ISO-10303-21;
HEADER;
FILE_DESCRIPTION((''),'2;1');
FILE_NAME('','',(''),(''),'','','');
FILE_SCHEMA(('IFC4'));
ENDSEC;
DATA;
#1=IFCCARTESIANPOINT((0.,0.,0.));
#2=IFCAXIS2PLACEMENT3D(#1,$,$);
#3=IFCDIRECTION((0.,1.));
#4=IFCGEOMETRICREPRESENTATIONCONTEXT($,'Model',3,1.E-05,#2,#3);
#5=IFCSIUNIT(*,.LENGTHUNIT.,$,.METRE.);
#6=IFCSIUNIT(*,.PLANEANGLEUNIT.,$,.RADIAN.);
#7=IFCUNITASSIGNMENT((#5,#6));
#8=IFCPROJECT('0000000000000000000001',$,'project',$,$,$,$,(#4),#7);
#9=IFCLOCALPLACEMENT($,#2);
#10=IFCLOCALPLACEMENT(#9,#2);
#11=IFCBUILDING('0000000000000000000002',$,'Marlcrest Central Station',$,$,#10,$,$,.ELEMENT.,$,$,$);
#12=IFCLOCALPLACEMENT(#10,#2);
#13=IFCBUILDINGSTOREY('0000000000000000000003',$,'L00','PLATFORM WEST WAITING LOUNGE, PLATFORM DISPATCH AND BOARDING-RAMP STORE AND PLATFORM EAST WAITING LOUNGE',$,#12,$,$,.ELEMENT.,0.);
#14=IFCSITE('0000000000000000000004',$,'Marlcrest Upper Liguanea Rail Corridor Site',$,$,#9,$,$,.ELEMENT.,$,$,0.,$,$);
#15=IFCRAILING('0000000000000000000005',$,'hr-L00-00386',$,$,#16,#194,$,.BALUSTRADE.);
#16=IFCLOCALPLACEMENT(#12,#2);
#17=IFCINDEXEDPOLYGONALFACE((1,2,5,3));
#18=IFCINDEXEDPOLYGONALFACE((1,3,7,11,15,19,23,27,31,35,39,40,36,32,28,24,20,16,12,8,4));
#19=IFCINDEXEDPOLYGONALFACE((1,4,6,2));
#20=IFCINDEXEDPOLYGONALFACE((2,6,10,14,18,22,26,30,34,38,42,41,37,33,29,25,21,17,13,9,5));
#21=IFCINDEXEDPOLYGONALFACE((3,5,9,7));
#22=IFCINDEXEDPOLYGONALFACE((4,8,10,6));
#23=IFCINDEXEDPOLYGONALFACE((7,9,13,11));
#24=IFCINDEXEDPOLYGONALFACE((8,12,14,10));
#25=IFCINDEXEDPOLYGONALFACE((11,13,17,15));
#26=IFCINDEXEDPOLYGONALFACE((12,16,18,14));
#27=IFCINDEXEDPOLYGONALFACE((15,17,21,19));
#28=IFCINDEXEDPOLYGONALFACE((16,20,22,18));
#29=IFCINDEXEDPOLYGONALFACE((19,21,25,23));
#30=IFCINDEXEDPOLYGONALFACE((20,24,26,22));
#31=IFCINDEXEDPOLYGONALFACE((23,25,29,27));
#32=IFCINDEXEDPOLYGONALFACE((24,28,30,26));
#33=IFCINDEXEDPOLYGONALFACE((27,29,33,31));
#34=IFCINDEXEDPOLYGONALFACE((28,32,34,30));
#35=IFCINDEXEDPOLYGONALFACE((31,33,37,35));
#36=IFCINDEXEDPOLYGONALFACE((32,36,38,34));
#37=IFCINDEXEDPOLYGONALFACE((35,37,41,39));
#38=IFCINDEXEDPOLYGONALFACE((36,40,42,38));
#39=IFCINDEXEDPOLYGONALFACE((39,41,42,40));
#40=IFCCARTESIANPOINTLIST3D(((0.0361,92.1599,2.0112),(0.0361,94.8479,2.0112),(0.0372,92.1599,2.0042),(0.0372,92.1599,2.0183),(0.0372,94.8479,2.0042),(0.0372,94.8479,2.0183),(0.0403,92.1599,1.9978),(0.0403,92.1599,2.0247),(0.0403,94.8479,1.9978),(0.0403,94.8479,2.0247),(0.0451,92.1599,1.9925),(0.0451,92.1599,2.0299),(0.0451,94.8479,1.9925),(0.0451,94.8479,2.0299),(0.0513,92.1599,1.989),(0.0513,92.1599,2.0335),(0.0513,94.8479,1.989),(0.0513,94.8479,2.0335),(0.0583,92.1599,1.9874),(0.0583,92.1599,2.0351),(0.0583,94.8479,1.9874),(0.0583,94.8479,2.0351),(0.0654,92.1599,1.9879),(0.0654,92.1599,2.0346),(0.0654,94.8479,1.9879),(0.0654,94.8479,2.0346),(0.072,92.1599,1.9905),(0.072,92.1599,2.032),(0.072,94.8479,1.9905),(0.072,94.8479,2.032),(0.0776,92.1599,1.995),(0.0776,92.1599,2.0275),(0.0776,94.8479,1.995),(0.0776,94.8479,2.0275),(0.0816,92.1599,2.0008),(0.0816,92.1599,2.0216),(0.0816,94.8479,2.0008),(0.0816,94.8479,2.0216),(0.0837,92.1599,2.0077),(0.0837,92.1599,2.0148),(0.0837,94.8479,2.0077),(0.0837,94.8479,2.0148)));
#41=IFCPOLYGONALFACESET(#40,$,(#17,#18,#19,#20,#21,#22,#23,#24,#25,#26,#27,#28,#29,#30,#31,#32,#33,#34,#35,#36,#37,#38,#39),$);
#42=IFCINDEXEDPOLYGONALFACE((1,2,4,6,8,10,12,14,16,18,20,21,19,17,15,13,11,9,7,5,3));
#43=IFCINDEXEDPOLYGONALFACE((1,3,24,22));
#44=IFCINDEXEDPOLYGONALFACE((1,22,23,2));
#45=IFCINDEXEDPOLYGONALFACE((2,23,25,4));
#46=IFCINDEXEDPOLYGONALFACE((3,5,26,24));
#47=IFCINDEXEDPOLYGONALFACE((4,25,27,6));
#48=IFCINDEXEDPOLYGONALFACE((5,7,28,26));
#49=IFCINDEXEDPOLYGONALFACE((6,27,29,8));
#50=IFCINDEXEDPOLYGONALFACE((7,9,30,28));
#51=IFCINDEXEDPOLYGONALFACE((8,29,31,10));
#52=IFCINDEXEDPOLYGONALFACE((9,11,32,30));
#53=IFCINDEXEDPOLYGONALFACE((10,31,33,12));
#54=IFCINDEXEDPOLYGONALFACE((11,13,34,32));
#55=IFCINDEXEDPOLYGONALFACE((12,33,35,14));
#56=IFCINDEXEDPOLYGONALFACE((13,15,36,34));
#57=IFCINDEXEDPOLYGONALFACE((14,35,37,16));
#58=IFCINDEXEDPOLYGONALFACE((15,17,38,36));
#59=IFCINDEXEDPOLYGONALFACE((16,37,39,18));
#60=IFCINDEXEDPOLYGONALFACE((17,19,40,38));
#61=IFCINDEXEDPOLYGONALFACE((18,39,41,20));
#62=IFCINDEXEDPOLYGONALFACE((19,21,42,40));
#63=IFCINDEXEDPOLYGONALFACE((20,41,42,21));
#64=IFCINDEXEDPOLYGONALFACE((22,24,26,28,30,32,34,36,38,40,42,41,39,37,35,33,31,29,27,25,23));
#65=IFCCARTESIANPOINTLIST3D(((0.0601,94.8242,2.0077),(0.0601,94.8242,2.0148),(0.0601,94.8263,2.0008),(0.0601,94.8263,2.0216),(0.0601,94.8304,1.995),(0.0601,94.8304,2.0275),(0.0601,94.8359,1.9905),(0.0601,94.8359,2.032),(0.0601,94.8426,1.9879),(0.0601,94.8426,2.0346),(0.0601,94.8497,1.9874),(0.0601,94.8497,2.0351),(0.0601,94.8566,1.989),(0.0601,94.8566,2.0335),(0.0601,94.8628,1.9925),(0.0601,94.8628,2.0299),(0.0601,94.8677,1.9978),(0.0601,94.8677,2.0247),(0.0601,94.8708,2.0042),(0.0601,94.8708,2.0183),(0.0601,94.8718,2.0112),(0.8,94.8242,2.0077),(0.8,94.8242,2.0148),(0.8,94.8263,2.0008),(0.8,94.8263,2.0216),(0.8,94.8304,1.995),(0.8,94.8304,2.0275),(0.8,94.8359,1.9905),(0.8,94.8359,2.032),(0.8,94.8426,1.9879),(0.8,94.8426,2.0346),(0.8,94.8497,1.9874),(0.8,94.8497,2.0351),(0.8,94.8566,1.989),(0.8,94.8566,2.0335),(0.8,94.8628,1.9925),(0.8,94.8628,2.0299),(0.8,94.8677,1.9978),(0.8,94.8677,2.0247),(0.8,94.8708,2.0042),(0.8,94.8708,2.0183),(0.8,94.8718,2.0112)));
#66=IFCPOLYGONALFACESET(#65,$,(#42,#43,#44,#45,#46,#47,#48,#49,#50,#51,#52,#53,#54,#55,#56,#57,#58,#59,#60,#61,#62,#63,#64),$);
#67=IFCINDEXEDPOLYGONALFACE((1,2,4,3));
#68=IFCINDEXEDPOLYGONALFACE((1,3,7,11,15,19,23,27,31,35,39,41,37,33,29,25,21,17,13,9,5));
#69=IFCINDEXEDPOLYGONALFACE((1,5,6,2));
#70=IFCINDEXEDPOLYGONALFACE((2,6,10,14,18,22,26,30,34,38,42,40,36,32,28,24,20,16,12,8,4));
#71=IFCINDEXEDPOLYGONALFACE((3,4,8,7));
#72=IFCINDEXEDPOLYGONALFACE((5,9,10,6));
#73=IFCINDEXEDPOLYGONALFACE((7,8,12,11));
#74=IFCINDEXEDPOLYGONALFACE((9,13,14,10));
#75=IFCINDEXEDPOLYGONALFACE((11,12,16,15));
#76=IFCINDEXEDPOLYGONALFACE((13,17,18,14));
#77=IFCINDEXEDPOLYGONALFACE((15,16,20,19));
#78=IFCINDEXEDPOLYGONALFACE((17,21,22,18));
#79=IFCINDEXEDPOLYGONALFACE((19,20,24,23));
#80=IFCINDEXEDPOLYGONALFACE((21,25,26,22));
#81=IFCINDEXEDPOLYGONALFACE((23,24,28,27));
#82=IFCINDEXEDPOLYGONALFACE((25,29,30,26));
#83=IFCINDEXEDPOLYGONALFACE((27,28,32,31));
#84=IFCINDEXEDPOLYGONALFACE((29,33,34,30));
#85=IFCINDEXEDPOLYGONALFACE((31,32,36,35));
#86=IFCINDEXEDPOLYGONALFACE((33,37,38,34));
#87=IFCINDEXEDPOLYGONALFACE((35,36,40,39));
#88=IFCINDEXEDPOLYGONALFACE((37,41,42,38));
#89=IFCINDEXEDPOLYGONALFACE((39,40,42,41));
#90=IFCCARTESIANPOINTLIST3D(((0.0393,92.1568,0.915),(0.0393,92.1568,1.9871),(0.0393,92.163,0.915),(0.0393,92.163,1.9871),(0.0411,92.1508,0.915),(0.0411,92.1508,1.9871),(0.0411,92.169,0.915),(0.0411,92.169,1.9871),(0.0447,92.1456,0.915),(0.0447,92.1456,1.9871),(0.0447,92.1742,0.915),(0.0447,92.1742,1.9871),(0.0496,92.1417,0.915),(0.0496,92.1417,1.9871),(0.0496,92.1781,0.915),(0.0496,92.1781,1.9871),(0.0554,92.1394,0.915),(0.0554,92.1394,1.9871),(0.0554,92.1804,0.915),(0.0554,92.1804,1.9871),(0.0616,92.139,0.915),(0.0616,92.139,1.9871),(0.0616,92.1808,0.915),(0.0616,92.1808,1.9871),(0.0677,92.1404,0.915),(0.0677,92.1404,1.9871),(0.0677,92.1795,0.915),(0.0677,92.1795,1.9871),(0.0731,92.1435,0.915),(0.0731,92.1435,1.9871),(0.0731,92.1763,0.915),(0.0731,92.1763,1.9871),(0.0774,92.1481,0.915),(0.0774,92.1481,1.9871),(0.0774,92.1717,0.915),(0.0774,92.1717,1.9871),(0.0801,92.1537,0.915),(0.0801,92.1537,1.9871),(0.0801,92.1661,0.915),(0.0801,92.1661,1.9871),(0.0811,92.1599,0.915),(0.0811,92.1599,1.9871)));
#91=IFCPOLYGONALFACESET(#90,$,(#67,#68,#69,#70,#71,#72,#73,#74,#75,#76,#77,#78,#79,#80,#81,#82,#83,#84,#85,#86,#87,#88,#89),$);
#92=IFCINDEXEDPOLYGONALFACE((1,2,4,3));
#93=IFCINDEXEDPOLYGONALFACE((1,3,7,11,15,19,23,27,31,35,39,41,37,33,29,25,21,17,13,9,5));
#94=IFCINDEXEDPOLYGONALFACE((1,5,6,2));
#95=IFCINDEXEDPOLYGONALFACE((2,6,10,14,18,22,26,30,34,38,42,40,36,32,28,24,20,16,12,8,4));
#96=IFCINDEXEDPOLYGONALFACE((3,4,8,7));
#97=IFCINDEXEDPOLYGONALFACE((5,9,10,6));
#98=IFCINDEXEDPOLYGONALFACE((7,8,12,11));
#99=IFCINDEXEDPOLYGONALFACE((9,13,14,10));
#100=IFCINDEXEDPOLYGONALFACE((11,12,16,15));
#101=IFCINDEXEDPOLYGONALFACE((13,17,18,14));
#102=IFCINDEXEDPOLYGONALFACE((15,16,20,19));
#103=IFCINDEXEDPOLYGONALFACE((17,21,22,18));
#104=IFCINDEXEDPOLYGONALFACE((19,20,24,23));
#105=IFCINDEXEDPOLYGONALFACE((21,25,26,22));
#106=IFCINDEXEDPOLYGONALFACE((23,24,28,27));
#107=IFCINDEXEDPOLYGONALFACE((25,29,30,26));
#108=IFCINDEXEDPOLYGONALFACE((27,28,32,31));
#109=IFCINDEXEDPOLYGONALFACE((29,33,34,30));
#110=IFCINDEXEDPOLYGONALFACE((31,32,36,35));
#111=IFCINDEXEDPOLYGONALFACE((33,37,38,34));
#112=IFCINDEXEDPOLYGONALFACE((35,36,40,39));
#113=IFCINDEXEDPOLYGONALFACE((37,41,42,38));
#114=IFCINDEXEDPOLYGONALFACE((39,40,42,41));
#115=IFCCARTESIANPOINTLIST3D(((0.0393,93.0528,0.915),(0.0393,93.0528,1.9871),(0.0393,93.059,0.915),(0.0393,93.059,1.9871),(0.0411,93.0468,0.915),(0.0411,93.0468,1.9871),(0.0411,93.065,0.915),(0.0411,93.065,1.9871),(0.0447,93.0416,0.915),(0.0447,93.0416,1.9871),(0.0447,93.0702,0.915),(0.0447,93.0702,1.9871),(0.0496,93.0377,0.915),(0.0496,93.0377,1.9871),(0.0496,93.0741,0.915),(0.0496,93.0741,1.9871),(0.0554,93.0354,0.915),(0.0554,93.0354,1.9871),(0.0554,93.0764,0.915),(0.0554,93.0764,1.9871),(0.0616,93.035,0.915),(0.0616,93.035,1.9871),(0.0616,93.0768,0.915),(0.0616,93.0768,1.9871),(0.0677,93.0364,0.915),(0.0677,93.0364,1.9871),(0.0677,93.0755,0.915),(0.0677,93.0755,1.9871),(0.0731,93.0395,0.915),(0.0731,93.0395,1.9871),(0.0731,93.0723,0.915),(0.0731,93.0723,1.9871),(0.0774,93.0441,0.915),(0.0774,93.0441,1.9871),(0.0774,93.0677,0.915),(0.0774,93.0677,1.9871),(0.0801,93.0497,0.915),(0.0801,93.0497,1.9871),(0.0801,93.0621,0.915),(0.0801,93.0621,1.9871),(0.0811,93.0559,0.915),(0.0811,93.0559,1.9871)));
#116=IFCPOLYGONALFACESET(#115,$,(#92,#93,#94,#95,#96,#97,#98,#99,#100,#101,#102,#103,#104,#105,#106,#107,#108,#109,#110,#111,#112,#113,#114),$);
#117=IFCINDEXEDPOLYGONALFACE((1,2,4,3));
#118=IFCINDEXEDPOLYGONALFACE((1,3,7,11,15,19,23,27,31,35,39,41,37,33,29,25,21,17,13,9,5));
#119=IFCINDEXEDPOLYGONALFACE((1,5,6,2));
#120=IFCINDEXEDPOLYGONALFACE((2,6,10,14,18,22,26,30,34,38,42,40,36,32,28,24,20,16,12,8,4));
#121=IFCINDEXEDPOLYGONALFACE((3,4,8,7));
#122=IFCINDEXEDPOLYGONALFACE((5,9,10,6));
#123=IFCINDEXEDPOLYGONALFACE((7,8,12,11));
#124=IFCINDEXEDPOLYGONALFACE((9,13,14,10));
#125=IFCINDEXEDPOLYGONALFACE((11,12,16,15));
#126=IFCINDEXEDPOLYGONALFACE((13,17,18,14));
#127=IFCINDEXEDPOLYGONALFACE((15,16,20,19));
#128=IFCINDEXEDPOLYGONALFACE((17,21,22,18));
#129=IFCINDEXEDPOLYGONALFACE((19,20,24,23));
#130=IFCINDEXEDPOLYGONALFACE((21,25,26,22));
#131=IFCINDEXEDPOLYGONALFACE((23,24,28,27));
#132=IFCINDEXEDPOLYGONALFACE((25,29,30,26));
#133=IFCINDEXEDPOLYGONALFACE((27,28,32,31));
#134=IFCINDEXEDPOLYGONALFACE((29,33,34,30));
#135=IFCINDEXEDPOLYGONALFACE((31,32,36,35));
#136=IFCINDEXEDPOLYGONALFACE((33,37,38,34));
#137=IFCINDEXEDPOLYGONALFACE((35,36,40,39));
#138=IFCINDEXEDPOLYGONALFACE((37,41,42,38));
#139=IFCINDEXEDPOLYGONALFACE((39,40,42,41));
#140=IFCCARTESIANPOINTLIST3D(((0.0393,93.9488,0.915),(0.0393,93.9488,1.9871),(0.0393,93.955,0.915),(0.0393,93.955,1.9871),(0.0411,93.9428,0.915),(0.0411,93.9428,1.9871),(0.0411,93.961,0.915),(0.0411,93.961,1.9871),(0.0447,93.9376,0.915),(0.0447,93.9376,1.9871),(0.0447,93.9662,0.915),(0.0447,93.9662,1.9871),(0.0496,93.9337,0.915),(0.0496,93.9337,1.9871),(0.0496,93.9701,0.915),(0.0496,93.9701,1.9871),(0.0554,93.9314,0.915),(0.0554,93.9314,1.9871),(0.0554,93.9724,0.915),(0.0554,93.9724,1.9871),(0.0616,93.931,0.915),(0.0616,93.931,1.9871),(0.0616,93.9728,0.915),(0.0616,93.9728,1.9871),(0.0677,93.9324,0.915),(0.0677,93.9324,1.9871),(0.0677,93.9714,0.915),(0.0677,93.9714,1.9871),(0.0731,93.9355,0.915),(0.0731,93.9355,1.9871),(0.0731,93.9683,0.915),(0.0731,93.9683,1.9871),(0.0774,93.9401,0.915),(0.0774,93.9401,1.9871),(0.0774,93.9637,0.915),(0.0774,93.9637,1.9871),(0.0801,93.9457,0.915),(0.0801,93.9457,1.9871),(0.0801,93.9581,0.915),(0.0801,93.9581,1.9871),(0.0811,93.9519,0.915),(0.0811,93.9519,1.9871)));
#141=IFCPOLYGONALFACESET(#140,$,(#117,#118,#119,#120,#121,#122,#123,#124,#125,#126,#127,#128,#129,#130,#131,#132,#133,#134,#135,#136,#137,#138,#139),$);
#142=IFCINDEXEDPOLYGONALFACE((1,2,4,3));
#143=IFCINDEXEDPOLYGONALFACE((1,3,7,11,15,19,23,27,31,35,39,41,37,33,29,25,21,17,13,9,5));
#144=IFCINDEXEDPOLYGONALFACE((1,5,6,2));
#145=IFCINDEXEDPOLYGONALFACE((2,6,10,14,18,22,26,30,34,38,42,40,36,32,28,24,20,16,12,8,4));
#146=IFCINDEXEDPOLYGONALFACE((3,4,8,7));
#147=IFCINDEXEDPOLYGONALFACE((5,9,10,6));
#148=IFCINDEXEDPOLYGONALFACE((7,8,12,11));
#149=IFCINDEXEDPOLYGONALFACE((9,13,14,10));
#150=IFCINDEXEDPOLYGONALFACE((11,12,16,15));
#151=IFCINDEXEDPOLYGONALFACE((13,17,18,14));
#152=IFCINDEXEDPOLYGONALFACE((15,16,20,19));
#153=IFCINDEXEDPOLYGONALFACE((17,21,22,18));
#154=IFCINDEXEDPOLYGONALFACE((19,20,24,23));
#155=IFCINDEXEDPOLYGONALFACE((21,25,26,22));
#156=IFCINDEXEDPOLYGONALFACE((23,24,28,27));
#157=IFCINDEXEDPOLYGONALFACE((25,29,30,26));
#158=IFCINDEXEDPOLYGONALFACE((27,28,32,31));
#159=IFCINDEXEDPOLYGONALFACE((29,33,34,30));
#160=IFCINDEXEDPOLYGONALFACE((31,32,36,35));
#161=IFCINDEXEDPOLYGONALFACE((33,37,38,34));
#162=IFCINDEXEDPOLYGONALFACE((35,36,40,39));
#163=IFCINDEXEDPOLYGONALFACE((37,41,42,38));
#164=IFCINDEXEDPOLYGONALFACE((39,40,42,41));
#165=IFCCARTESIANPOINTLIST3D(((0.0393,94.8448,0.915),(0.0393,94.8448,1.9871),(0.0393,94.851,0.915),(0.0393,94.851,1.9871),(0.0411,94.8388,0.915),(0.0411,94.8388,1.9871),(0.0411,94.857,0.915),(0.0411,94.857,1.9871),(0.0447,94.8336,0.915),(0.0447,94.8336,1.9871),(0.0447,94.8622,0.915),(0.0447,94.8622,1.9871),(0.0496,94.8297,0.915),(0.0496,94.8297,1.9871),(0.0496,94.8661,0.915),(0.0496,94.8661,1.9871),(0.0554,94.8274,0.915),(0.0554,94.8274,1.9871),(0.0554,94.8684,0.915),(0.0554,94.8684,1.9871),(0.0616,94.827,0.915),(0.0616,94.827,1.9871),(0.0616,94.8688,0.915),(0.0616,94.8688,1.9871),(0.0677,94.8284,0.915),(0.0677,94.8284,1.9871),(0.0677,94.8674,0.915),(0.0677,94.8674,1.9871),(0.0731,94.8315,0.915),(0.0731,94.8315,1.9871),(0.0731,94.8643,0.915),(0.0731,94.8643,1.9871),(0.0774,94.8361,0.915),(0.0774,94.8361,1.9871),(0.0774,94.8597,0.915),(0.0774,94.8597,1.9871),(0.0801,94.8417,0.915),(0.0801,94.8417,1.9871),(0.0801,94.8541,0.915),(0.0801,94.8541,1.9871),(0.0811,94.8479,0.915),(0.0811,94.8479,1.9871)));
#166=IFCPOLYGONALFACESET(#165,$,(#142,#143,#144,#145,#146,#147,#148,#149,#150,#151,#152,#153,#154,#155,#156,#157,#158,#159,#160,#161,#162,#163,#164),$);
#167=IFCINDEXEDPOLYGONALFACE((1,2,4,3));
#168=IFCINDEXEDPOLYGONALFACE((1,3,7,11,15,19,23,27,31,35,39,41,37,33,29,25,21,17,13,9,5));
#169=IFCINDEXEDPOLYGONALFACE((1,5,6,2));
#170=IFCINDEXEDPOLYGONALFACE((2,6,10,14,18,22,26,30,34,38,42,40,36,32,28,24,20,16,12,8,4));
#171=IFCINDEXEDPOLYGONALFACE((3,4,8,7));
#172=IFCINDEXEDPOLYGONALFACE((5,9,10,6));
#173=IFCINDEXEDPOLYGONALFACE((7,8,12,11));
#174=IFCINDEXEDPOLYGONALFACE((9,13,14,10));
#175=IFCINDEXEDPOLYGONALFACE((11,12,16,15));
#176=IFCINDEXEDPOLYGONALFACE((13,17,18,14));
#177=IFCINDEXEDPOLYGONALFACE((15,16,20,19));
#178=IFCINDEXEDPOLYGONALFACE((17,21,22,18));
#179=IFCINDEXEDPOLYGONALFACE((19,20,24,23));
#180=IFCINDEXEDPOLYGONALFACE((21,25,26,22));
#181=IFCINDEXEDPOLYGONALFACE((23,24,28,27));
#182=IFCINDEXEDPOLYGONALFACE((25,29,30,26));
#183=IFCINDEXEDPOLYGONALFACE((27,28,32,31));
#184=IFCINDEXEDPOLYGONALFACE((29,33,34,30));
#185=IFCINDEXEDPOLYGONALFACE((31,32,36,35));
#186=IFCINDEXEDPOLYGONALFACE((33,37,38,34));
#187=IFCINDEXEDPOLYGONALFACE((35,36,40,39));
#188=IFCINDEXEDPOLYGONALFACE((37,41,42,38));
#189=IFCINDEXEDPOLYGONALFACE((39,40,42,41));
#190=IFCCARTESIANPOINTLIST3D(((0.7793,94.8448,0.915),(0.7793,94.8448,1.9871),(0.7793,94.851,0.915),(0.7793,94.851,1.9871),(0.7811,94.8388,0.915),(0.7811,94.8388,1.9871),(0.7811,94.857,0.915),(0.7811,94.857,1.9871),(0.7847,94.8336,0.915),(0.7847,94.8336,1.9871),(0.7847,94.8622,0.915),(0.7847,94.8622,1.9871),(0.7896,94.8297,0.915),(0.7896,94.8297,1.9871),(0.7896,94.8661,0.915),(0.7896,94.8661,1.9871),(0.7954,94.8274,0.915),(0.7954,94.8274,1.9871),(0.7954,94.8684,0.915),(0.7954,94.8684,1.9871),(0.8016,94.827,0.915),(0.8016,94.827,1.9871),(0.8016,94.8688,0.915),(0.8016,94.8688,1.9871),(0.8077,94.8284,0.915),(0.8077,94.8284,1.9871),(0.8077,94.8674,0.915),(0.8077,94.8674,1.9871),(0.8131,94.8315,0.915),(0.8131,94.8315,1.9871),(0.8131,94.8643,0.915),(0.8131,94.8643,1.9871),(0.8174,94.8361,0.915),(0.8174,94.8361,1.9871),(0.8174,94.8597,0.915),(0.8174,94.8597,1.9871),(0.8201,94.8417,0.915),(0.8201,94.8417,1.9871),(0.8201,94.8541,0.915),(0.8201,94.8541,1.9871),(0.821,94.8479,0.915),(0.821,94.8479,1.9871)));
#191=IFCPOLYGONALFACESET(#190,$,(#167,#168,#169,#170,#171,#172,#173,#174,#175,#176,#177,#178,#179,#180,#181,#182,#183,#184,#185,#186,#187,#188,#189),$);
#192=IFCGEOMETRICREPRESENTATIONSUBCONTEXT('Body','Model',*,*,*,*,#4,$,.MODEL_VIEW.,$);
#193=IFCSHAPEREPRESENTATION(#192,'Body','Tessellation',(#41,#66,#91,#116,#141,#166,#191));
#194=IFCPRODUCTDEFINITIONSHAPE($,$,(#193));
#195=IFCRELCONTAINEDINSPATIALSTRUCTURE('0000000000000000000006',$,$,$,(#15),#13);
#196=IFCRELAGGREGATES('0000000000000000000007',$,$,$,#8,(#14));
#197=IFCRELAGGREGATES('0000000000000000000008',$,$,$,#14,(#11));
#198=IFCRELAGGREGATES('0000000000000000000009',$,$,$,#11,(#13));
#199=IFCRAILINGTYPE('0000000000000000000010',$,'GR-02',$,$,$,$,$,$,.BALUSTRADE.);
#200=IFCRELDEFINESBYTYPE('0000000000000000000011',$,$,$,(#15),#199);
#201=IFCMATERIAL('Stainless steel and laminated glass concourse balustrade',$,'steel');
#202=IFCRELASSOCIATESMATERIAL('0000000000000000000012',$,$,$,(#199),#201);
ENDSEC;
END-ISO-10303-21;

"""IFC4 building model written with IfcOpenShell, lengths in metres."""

from ifc_helpers import new_model, si_unit, direction, frame, origin, origin_2d, place, context, subcontext, project, spatial, circle, extrude, material, type_object, element, save


model = new_model("IFC4")

# Units and contexts
model_context = context("Model", 3, precision=1e-05, world=origin(), true_north=direction((0.0, 1.0)))
body_context = subcontext(model_context, "Body", "Model", "MODEL_VIEW")
ifc_project = project(units=[si_unit("LENGTHUNIT", "METRE"), si_unit("PLANEANGLEUNIT", "RADIAN")], contexts=[model_context])

# Site, building, storey
site_placement = place(None, origin())
site = spatial("IfcSite", under=ifc_project, at=site_placement, Name="Marlcrest Upper Liguanea Rail Corridor Site", CompositionType="ELEMENT", RefElevation=0.0)
building_placement = place(site_placement, origin())
building = spatial("IfcBuilding", under=site, at=building_placement, Name="Marlcrest Central Station", CompositionType="ELEMENT")
storey_placement = place(building_placement, origin())
storey = spatial("IfcBuildingStorey", under=building, at=storey_placement, Name="L00", Description="PLATFORM WEST WAITING LOUNGE, PLATFORM DISPATCH AND BOARDING-RAMP STORE AND PLATFORM EAST WAITING LOUNGE", CompositionType="ELEMENT", Elevation=0.0)

# Railing
ifc_material_1 = material(Name="Stainless steel and laminated glass concourse balustrade", Category="steel")
railing_type = type_object("IfcRailingType", Name="GR-02", PredefinedType="BALUSTRADE", material=ifc_material_1)
railing_1_placement = place(storey_placement, frame((0.0601, 92.1599, 0.915)))
element("IfcRailing", 1, at=railing_1_placement, inside=storey, type_object=railing_type, Name="hr-L00-00386", PredefinedType="BALUSTRADE", context=body_context, shape_type="SweptSolid", body=[
    extrude(circle(Radius=0.0239, at=origin_2d()), frame((0.0, 0.0, 1.0962), z_axis=(0.0, 1.0, 0.0), x_axis=(-1.0, 0.0, 0.0)), (0.0, 0.0, 1.0), 2.688),
    extrude(circle(Radius=0.0239, at=origin_2d()), frame((0.0, 2.688, 1.0962), z_axis=(1.0, 0.0, 0.0), x_axis=(0.0, 1.0, 0.0)), (0.0, 0.0, 1.0), 0.74),
    extrude(circle(Radius=0.021, at=origin_2d()), origin(), (0.0, 0.0, 1.0), 1.072),
    extrude(circle(Radius=0.021, at=origin_2d()), frame((0.0, 0.896, 0.0)), (0.0, 0.0, 1.0), 1.072),
    extrude(circle(Radius=0.021, at=origin_2d()), frame((0.0, 1.792, 0.0)), (0.0, 0.0, 1.0), 1.072),
    extrude(circle(Radius=0.021, at=origin_2d()), frame((0.0, 2.688, 0.0)), (0.0, 0.0, 1.0), 1.072),
    extrude(circle(Radius=0.021, at=origin_2d()), frame((0.74, 2.688, 0.0)), (0.0, 0.0, 1.0), 1.072),
])

save(model, "model.ifc")
